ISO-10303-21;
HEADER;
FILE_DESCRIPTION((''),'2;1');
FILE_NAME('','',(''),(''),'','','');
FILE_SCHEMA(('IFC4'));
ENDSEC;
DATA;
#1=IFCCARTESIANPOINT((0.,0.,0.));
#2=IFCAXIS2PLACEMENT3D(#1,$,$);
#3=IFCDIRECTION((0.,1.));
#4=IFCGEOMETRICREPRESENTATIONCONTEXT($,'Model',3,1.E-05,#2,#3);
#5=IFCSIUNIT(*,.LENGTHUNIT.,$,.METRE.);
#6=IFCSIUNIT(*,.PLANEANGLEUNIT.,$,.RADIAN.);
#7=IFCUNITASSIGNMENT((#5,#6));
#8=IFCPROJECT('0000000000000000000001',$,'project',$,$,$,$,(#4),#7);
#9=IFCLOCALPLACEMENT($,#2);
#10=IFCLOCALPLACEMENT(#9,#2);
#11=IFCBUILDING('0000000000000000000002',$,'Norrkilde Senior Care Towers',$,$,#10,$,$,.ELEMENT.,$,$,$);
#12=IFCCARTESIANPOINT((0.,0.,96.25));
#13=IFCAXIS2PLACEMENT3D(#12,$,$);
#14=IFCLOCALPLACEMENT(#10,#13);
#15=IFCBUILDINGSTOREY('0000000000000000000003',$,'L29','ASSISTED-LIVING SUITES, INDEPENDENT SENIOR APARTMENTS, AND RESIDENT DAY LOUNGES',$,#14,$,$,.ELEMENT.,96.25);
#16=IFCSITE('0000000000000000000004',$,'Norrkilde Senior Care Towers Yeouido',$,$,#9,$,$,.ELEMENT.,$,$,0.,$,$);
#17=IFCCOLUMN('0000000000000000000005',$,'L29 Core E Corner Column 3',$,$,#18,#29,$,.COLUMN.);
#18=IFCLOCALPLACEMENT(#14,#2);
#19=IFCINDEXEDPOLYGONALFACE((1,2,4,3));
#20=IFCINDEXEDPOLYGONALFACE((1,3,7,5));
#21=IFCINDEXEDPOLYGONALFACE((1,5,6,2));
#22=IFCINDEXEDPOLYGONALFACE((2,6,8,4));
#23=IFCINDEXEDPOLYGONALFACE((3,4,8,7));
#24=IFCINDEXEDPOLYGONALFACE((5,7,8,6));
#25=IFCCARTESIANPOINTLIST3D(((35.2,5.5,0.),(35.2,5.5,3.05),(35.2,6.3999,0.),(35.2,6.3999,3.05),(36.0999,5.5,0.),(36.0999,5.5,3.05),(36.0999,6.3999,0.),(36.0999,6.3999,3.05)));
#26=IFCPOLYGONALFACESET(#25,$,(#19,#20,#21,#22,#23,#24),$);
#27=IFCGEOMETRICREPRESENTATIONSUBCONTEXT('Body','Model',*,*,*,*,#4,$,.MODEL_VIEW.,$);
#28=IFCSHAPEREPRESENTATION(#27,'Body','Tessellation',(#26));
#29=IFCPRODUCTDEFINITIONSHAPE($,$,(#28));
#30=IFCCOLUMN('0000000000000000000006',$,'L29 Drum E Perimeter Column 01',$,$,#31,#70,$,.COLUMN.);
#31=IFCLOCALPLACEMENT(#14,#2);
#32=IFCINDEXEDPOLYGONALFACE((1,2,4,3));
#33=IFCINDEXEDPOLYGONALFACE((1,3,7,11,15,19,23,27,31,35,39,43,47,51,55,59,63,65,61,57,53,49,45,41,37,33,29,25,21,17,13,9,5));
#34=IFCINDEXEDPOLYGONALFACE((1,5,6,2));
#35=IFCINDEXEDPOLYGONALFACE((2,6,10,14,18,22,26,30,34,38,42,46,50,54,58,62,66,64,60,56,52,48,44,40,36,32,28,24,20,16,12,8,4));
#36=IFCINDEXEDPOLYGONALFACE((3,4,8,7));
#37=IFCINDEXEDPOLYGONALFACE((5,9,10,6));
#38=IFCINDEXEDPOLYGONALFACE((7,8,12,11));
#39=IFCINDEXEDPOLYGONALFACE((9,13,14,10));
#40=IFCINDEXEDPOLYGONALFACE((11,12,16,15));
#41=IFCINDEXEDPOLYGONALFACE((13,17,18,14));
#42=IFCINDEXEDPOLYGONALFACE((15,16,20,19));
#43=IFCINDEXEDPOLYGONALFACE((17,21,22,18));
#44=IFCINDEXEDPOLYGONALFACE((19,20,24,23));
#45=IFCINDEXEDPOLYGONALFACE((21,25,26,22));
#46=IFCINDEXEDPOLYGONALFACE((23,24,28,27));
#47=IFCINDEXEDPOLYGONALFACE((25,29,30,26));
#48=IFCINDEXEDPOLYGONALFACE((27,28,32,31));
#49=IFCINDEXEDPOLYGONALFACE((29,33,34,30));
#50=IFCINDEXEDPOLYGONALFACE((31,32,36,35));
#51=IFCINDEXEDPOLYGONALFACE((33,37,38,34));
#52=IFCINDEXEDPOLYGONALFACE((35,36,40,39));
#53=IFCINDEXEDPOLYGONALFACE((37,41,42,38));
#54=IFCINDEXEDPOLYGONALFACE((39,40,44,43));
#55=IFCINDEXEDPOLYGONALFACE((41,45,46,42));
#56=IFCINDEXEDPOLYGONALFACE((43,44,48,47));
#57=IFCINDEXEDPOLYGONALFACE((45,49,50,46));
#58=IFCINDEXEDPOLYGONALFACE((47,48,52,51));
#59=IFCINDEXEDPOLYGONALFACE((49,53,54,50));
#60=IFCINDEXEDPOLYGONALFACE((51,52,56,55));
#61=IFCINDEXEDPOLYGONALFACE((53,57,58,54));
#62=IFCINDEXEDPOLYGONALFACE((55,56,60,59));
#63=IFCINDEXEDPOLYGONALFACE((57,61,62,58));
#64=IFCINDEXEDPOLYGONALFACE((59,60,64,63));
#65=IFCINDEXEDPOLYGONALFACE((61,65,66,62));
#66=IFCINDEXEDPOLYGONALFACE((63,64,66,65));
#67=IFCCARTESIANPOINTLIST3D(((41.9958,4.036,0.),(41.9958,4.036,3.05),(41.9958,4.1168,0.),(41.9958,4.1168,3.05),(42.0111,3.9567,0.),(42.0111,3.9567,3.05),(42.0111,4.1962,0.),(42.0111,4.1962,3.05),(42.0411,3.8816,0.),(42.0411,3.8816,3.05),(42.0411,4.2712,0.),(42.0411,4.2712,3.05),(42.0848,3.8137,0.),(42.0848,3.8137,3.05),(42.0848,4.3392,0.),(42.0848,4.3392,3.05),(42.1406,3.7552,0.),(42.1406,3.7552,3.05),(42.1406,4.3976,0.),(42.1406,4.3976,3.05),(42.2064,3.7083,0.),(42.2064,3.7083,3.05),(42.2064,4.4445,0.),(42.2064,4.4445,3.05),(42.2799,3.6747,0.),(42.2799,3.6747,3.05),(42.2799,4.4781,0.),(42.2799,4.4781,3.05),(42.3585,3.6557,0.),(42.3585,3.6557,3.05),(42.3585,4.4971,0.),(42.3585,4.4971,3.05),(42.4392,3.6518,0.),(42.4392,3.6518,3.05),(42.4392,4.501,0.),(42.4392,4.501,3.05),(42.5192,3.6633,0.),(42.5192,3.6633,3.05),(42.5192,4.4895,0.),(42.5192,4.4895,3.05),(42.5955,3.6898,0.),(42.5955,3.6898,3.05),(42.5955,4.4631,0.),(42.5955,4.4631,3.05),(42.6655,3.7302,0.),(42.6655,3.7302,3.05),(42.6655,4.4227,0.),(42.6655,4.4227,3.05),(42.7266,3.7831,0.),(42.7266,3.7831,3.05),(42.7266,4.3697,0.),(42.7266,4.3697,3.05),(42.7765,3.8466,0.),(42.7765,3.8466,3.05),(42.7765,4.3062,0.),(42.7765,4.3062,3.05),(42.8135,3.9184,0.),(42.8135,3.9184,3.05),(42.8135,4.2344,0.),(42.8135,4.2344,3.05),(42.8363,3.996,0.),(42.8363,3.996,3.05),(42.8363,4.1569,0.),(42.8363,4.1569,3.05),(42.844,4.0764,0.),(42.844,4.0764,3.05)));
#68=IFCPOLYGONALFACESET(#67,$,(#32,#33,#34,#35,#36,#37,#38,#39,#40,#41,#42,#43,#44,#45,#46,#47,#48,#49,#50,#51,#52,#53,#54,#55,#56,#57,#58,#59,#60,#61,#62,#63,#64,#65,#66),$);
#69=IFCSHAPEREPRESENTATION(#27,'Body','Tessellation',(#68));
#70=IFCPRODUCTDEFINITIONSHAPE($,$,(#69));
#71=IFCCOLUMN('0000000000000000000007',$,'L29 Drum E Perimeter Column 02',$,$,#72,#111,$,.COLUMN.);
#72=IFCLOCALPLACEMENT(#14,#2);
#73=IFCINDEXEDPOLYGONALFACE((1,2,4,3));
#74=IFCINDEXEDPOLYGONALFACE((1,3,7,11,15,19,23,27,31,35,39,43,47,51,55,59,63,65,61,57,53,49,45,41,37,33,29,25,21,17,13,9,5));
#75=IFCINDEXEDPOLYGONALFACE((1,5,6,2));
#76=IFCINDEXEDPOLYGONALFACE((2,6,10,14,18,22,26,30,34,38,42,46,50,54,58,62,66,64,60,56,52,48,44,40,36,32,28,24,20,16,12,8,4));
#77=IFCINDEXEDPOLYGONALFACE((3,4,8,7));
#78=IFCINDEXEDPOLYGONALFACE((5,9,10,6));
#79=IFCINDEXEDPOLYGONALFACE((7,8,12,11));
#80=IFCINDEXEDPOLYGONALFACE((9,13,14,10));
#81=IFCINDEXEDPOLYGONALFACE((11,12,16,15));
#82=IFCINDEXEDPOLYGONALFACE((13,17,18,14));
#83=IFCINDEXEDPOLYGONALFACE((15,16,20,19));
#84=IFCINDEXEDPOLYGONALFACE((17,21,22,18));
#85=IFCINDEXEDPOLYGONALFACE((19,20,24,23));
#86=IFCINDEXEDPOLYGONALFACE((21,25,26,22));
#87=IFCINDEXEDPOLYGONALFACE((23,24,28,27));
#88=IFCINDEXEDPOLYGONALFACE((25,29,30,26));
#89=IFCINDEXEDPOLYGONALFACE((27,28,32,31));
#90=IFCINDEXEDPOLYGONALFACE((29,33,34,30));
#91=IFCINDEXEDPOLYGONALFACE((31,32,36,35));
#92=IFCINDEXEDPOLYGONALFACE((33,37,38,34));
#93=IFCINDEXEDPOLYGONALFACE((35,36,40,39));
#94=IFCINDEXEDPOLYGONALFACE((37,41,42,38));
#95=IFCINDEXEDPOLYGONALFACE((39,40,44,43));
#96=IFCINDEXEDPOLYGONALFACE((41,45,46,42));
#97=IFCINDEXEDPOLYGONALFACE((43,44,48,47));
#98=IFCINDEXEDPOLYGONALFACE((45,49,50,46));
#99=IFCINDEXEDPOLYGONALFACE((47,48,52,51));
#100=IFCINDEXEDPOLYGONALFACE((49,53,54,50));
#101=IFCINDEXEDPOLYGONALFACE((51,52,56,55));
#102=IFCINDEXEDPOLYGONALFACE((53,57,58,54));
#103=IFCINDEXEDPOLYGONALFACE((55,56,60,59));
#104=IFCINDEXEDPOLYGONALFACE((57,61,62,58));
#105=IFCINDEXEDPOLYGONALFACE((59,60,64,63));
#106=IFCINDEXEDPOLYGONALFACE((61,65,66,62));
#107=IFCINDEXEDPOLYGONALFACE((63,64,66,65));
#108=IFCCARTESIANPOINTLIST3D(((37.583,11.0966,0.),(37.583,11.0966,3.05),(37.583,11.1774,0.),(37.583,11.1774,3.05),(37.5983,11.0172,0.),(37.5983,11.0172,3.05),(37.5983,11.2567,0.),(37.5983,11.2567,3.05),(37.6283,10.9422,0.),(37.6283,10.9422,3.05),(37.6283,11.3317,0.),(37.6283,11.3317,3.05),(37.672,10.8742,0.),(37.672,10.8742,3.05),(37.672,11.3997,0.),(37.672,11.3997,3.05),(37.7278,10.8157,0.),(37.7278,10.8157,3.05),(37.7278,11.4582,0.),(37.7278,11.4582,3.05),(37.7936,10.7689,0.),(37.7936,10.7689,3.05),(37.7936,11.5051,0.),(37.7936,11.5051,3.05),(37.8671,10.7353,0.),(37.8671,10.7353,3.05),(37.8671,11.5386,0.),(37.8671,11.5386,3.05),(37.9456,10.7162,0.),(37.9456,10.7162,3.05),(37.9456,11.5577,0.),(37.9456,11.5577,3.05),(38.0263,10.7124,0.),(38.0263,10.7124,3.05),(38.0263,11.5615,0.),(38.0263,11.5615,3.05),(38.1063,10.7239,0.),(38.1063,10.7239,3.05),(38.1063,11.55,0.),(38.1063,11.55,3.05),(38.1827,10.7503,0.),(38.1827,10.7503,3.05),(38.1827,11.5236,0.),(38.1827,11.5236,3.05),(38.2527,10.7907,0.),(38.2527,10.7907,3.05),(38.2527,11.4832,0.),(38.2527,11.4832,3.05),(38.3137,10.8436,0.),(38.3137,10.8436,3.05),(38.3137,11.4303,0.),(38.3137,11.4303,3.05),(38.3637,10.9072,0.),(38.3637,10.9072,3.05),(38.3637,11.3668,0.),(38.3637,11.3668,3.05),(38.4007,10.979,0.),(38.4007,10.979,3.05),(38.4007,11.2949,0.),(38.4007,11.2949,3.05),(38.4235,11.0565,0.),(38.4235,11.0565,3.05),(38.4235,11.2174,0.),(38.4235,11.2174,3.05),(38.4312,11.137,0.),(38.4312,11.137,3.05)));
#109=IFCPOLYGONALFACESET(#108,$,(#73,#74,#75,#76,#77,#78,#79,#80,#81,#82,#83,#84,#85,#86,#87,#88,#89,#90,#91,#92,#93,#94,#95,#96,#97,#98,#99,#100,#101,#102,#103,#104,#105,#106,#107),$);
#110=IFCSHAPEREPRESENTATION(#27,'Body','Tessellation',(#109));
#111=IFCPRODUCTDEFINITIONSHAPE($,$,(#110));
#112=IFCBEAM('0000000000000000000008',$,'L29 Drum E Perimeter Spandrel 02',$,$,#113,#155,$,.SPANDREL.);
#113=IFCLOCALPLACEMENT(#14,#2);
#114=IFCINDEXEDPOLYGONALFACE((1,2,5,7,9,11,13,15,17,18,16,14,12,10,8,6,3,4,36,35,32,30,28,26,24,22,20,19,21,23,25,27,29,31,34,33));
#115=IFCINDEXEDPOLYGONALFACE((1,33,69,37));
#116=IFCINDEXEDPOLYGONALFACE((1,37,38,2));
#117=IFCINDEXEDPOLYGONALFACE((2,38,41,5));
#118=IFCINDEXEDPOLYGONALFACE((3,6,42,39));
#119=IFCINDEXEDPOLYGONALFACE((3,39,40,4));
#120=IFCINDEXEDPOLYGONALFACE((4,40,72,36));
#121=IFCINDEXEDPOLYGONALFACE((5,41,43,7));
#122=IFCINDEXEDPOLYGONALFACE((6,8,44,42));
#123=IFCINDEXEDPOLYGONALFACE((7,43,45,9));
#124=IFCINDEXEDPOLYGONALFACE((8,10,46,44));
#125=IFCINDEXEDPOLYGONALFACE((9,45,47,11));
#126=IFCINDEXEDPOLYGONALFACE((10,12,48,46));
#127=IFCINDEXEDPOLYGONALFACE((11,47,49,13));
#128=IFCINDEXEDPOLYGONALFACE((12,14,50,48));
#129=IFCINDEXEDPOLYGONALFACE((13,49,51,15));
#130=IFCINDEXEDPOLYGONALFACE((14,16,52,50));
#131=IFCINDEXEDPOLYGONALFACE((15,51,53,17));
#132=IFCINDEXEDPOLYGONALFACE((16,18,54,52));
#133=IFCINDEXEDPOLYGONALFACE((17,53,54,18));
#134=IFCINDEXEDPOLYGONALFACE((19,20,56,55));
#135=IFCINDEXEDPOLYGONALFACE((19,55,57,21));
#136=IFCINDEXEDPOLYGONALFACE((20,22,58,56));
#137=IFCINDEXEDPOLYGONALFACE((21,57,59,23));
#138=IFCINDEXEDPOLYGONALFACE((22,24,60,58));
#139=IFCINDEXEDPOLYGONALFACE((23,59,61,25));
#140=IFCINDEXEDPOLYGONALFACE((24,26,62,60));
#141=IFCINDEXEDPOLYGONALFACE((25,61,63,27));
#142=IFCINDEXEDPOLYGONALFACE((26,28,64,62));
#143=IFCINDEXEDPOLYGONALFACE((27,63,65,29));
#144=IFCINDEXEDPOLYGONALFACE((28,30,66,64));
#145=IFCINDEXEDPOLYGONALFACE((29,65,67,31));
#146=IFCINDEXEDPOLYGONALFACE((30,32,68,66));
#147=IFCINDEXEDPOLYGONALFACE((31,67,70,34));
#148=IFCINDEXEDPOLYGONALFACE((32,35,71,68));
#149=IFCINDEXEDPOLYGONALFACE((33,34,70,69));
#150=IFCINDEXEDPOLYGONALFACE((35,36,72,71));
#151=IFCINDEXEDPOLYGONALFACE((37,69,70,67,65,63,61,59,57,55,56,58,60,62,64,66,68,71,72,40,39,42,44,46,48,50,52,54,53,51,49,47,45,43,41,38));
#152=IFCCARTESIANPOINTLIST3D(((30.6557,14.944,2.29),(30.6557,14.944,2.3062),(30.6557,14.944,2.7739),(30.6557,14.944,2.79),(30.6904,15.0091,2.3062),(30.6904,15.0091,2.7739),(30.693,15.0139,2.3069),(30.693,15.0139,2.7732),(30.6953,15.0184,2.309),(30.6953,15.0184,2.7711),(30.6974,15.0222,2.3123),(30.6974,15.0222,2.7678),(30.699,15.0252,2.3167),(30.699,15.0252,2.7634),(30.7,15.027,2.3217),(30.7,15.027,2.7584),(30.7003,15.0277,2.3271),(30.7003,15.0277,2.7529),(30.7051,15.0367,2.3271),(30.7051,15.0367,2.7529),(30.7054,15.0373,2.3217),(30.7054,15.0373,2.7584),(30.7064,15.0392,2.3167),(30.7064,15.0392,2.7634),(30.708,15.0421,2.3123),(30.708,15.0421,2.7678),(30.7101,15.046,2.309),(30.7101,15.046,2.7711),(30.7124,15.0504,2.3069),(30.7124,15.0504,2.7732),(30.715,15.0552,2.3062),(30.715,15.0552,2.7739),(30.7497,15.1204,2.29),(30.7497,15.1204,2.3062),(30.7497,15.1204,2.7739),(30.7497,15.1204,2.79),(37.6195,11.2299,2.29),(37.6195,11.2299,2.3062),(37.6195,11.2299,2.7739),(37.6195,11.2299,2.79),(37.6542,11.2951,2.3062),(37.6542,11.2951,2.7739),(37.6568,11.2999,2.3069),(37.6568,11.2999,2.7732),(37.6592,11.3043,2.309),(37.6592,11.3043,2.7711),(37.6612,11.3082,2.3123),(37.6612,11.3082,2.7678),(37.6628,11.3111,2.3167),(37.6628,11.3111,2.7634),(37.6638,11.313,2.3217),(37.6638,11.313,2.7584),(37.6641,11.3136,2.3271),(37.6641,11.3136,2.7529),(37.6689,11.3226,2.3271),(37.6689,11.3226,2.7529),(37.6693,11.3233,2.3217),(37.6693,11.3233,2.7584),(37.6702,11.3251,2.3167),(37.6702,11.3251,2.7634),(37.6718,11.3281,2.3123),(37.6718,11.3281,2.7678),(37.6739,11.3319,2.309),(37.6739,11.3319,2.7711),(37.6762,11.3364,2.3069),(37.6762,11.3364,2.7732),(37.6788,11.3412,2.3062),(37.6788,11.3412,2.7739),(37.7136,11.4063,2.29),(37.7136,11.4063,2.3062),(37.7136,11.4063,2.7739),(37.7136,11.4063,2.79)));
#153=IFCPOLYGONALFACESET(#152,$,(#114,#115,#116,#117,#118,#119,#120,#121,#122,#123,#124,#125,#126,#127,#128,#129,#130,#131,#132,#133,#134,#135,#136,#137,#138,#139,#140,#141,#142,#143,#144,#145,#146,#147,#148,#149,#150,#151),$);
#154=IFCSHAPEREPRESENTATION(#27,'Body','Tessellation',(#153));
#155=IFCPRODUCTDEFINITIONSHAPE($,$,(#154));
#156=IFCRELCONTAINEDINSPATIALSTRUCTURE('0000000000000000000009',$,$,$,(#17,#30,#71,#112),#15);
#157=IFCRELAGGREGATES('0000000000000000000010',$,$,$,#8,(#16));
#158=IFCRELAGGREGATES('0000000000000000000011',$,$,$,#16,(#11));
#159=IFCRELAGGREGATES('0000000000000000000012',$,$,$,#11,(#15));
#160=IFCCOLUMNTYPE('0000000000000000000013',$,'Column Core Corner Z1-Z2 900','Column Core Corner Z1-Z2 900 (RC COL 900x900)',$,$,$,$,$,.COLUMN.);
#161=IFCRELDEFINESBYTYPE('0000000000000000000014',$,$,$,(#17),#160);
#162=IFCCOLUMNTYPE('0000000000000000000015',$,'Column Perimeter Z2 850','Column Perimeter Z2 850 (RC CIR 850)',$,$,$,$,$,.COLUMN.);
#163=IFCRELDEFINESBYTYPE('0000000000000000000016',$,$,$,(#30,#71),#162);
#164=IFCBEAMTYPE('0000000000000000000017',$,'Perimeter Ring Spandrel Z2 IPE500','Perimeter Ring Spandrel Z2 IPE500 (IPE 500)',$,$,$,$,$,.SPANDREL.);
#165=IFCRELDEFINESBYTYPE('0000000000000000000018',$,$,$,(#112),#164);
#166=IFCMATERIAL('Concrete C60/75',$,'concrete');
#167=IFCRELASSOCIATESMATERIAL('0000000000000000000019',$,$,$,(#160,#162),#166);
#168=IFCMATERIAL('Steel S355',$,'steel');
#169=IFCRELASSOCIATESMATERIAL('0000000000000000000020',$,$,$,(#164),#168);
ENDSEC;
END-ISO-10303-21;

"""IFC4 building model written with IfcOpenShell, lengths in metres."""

from ifc_helpers import new_model, si_unit, direction, frame, origin, origin_2d, place, context, subcontext, project, spatial, rectangle, circle, i_section, extrude, source, transform, mapped, material, material_profile, profile_set, type_object, type_shapes, element, save


model = new_model("IFC4")

# Units and contexts
model_context = context("Model", 3, precision=1e-05, world=origin(), true_north=direction((0.0, 1.0)))
body_context = subcontext(model_context, "Body", "Model", "MODEL_VIEW")
ifc_project = project(units=[si_unit("LENGTHUNIT", "METRE"), si_unit("PLANEANGLEUNIT", "RADIAN")], contexts=[model_context])

# Site, building, storey
site_placement = place(None, origin())
site = spatial("IfcSite", under=ifc_project, at=site_placement, Name="Norrkilde Senior Care Towers Yeouido", CompositionType="ELEMENT", RefElevation=0.0)
building_placement = place(site_placement, origin())
building = spatial("IfcBuilding", under=site, at=building_placement, Name="Norrkilde Senior Care Towers", CompositionType="ELEMENT")
storey_placement = place(building_placement, frame((0.0, 0.0, 96.25)))
storey = spatial("IfcBuildingStorey", under=building, at=storey_placement, Name="L29", Description="ASSISTED-LIVING SUITES, INDEPENDENT SENIOR APARTMENTS, AND RESIDENT DAY LOUNGES", CompositionType="ELEMENT", Elevation=96.25)

# Columns
ifc_material_1 = material(Name="Concrete C60/75", Category="concrete")
ifc_material_profile_1 = material_profile(ifc_material_1, rectangle(XDim=0.8999, YDim=0.8999, at=origin_2d()), Name="RC COL 900x900")
ifc_profile_set_1 = profile_set([ifc_material_profile_1], Name="Concrete C60/75")
column_type_1 = type_object("IfcColumnType", Name="Column Core Corner Z1-Z2 900", Description="Column Core Corner Z1-Z2 900 (RC COL 900x900)", PredefinedType="COLUMN", material=ifc_profile_set_1)
shared_shape_1 = source(origin(), body_context, "Body", "SweptSolid", [
    extrude(rectangle(XDim=0.8999, YDim=0.8999, at=origin_2d()), origin(), (0.0, 0.0, 1.0), 3.05),
])
type_shapes(column_type_1, [shared_shape_1])
column_placement = place(storey_placement, frame((35.6499, 5.95, 0.0), z_axis=(0.0, 0.0, 1.0), x_axis=(1.0, 0.0, 0.0)))
element("IfcColumn", 1, at=column_placement, inside=storey, type_object=column_type_1, Name="L29 Core E Corner Column 3", PredefinedType="COLUMN", context=body_context, shape_type="MappedRepresentation", body=[
    mapped(shared_shape_1, transform((0.0, 0.0, 0.0), x_axis=(1.0, 0.0, 0.0), y_axis=(0.0, 1.0, 0.0), z_axis=(0.0, 0.0, 1.0), scale=1.0)),
])
ifc_material_profile_2 = material_profile(ifc_material_1, circle(Radius=0.425, at=origin_2d()), Name="RC CIR 850")
ifc_profile_set_2 = profile_set([ifc_material_profile_2], Name="Concrete C60/75")
column_type_2 = type_object("IfcColumnType", Name="Column Perimeter Z2 850", Description="Column Perimeter Z2 850 (RC CIR 850)", PredefinedType="COLUMN", material=ifc_profile_set_2)
shared_shape_2 = source(origin(), body_context, "Body", "SweptSolid", [
    extrude(circle(Radius=0.425, at=origin_2d()), origin(), (0.0, 0.0, 1.0), 3.05),
])
type_shapes(column_type_2, [shared_shape_2])
for number, where, z_axis, x_axis, name in (
    (2, (42.4189, 4.0764, 0.0), (0.0, 0.0, 1.0), (1.0, 0.0, 0.0), "L29 Drum E Perimeter Column 01"),
    (3, (38.0061, 11.137, 0.0), (0.0, 0.0, 1.0), (1.0, 0.0, 0.0), "L29 Drum E Perimeter Column 02"),
):
    element("IfcColumn", number, at=place(storey_placement, frame(where, z_axis=z_axis, x_axis=x_axis)), inside=storey, type_object=column_type_2, Name=name, PredefinedType="COLUMN", context=body_context, shape_type="MappedRepresentation", body=[
        mapped(shared_shape_2, transform((0.0, 0.0, 0.0), x_axis=(1.0, 0.0, 0.0), y_axis=(0.0, 1.0, 0.0), z_axis=(0.0, 0.0, 1.0), scale=1.0)),
    ])

# Beam
ifc_material_2 = material(Name="Steel S355", Category="steel")
ifc_material_profile_3 = material_profile(ifc_material_2, i_section(OverallWidth=0.2, OverallDepth=0.5, WebThickness=0.0103, FlangeThickness=0.0161, FilletRadius=0.021, at=origin_2d()), Name="IPE 500")
ifc_profile_set_3 = profile_set([ifc_material_profile_3], Name="Steel S355")
beam_type_1 = type_object("IfcBeamType", Name="Perimeter Ring Spandrel Z2 IPE500", Description="Perimeter Ring Spandrel Z2 IPE500 (IPE 500)", PredefinedType="SPANDREL", material=ifc_profile_set_3)
shared_shape_3 = source(origin(), body_context, "Body", "SweptSolid", [
    extrude(i_section(OverallWidth=0.2, OverallDepth=0.5, WebThickness=0.0103, FlangeThickness=0.0161, FilletRadius=0.021, at=origin_2d()), origin(), (0.0, 0.0, 1.0), 7.8923),
])
beam_1_placement = place(storey_placement, frame((37.6665, 11.3181, 2.54), z_axis=(-0.88235, 0.470593, 0.0), x_axis=(-0.470593, -0.88235, 0.0)))
element("IfcBeam", 4, at=beam_1_placement, inside=storey, type_object=beam_type_1, Name="L29 Drum E Perimeter Spandrel 02", PredefinedType="SPANDREL", context=body_context, shape_type="MappedRepresentation", body=[
    mapped(shared_shape_3, transform((0.0, 0.0, 0.0), x_axis=(1.0, 0.0, 0.0), y_axis=(0.0, 1.0, 0.0), z_axis=(0.0, 0.0, 1.0), scale=1.0)),
])

save(model, "model.ifc")
